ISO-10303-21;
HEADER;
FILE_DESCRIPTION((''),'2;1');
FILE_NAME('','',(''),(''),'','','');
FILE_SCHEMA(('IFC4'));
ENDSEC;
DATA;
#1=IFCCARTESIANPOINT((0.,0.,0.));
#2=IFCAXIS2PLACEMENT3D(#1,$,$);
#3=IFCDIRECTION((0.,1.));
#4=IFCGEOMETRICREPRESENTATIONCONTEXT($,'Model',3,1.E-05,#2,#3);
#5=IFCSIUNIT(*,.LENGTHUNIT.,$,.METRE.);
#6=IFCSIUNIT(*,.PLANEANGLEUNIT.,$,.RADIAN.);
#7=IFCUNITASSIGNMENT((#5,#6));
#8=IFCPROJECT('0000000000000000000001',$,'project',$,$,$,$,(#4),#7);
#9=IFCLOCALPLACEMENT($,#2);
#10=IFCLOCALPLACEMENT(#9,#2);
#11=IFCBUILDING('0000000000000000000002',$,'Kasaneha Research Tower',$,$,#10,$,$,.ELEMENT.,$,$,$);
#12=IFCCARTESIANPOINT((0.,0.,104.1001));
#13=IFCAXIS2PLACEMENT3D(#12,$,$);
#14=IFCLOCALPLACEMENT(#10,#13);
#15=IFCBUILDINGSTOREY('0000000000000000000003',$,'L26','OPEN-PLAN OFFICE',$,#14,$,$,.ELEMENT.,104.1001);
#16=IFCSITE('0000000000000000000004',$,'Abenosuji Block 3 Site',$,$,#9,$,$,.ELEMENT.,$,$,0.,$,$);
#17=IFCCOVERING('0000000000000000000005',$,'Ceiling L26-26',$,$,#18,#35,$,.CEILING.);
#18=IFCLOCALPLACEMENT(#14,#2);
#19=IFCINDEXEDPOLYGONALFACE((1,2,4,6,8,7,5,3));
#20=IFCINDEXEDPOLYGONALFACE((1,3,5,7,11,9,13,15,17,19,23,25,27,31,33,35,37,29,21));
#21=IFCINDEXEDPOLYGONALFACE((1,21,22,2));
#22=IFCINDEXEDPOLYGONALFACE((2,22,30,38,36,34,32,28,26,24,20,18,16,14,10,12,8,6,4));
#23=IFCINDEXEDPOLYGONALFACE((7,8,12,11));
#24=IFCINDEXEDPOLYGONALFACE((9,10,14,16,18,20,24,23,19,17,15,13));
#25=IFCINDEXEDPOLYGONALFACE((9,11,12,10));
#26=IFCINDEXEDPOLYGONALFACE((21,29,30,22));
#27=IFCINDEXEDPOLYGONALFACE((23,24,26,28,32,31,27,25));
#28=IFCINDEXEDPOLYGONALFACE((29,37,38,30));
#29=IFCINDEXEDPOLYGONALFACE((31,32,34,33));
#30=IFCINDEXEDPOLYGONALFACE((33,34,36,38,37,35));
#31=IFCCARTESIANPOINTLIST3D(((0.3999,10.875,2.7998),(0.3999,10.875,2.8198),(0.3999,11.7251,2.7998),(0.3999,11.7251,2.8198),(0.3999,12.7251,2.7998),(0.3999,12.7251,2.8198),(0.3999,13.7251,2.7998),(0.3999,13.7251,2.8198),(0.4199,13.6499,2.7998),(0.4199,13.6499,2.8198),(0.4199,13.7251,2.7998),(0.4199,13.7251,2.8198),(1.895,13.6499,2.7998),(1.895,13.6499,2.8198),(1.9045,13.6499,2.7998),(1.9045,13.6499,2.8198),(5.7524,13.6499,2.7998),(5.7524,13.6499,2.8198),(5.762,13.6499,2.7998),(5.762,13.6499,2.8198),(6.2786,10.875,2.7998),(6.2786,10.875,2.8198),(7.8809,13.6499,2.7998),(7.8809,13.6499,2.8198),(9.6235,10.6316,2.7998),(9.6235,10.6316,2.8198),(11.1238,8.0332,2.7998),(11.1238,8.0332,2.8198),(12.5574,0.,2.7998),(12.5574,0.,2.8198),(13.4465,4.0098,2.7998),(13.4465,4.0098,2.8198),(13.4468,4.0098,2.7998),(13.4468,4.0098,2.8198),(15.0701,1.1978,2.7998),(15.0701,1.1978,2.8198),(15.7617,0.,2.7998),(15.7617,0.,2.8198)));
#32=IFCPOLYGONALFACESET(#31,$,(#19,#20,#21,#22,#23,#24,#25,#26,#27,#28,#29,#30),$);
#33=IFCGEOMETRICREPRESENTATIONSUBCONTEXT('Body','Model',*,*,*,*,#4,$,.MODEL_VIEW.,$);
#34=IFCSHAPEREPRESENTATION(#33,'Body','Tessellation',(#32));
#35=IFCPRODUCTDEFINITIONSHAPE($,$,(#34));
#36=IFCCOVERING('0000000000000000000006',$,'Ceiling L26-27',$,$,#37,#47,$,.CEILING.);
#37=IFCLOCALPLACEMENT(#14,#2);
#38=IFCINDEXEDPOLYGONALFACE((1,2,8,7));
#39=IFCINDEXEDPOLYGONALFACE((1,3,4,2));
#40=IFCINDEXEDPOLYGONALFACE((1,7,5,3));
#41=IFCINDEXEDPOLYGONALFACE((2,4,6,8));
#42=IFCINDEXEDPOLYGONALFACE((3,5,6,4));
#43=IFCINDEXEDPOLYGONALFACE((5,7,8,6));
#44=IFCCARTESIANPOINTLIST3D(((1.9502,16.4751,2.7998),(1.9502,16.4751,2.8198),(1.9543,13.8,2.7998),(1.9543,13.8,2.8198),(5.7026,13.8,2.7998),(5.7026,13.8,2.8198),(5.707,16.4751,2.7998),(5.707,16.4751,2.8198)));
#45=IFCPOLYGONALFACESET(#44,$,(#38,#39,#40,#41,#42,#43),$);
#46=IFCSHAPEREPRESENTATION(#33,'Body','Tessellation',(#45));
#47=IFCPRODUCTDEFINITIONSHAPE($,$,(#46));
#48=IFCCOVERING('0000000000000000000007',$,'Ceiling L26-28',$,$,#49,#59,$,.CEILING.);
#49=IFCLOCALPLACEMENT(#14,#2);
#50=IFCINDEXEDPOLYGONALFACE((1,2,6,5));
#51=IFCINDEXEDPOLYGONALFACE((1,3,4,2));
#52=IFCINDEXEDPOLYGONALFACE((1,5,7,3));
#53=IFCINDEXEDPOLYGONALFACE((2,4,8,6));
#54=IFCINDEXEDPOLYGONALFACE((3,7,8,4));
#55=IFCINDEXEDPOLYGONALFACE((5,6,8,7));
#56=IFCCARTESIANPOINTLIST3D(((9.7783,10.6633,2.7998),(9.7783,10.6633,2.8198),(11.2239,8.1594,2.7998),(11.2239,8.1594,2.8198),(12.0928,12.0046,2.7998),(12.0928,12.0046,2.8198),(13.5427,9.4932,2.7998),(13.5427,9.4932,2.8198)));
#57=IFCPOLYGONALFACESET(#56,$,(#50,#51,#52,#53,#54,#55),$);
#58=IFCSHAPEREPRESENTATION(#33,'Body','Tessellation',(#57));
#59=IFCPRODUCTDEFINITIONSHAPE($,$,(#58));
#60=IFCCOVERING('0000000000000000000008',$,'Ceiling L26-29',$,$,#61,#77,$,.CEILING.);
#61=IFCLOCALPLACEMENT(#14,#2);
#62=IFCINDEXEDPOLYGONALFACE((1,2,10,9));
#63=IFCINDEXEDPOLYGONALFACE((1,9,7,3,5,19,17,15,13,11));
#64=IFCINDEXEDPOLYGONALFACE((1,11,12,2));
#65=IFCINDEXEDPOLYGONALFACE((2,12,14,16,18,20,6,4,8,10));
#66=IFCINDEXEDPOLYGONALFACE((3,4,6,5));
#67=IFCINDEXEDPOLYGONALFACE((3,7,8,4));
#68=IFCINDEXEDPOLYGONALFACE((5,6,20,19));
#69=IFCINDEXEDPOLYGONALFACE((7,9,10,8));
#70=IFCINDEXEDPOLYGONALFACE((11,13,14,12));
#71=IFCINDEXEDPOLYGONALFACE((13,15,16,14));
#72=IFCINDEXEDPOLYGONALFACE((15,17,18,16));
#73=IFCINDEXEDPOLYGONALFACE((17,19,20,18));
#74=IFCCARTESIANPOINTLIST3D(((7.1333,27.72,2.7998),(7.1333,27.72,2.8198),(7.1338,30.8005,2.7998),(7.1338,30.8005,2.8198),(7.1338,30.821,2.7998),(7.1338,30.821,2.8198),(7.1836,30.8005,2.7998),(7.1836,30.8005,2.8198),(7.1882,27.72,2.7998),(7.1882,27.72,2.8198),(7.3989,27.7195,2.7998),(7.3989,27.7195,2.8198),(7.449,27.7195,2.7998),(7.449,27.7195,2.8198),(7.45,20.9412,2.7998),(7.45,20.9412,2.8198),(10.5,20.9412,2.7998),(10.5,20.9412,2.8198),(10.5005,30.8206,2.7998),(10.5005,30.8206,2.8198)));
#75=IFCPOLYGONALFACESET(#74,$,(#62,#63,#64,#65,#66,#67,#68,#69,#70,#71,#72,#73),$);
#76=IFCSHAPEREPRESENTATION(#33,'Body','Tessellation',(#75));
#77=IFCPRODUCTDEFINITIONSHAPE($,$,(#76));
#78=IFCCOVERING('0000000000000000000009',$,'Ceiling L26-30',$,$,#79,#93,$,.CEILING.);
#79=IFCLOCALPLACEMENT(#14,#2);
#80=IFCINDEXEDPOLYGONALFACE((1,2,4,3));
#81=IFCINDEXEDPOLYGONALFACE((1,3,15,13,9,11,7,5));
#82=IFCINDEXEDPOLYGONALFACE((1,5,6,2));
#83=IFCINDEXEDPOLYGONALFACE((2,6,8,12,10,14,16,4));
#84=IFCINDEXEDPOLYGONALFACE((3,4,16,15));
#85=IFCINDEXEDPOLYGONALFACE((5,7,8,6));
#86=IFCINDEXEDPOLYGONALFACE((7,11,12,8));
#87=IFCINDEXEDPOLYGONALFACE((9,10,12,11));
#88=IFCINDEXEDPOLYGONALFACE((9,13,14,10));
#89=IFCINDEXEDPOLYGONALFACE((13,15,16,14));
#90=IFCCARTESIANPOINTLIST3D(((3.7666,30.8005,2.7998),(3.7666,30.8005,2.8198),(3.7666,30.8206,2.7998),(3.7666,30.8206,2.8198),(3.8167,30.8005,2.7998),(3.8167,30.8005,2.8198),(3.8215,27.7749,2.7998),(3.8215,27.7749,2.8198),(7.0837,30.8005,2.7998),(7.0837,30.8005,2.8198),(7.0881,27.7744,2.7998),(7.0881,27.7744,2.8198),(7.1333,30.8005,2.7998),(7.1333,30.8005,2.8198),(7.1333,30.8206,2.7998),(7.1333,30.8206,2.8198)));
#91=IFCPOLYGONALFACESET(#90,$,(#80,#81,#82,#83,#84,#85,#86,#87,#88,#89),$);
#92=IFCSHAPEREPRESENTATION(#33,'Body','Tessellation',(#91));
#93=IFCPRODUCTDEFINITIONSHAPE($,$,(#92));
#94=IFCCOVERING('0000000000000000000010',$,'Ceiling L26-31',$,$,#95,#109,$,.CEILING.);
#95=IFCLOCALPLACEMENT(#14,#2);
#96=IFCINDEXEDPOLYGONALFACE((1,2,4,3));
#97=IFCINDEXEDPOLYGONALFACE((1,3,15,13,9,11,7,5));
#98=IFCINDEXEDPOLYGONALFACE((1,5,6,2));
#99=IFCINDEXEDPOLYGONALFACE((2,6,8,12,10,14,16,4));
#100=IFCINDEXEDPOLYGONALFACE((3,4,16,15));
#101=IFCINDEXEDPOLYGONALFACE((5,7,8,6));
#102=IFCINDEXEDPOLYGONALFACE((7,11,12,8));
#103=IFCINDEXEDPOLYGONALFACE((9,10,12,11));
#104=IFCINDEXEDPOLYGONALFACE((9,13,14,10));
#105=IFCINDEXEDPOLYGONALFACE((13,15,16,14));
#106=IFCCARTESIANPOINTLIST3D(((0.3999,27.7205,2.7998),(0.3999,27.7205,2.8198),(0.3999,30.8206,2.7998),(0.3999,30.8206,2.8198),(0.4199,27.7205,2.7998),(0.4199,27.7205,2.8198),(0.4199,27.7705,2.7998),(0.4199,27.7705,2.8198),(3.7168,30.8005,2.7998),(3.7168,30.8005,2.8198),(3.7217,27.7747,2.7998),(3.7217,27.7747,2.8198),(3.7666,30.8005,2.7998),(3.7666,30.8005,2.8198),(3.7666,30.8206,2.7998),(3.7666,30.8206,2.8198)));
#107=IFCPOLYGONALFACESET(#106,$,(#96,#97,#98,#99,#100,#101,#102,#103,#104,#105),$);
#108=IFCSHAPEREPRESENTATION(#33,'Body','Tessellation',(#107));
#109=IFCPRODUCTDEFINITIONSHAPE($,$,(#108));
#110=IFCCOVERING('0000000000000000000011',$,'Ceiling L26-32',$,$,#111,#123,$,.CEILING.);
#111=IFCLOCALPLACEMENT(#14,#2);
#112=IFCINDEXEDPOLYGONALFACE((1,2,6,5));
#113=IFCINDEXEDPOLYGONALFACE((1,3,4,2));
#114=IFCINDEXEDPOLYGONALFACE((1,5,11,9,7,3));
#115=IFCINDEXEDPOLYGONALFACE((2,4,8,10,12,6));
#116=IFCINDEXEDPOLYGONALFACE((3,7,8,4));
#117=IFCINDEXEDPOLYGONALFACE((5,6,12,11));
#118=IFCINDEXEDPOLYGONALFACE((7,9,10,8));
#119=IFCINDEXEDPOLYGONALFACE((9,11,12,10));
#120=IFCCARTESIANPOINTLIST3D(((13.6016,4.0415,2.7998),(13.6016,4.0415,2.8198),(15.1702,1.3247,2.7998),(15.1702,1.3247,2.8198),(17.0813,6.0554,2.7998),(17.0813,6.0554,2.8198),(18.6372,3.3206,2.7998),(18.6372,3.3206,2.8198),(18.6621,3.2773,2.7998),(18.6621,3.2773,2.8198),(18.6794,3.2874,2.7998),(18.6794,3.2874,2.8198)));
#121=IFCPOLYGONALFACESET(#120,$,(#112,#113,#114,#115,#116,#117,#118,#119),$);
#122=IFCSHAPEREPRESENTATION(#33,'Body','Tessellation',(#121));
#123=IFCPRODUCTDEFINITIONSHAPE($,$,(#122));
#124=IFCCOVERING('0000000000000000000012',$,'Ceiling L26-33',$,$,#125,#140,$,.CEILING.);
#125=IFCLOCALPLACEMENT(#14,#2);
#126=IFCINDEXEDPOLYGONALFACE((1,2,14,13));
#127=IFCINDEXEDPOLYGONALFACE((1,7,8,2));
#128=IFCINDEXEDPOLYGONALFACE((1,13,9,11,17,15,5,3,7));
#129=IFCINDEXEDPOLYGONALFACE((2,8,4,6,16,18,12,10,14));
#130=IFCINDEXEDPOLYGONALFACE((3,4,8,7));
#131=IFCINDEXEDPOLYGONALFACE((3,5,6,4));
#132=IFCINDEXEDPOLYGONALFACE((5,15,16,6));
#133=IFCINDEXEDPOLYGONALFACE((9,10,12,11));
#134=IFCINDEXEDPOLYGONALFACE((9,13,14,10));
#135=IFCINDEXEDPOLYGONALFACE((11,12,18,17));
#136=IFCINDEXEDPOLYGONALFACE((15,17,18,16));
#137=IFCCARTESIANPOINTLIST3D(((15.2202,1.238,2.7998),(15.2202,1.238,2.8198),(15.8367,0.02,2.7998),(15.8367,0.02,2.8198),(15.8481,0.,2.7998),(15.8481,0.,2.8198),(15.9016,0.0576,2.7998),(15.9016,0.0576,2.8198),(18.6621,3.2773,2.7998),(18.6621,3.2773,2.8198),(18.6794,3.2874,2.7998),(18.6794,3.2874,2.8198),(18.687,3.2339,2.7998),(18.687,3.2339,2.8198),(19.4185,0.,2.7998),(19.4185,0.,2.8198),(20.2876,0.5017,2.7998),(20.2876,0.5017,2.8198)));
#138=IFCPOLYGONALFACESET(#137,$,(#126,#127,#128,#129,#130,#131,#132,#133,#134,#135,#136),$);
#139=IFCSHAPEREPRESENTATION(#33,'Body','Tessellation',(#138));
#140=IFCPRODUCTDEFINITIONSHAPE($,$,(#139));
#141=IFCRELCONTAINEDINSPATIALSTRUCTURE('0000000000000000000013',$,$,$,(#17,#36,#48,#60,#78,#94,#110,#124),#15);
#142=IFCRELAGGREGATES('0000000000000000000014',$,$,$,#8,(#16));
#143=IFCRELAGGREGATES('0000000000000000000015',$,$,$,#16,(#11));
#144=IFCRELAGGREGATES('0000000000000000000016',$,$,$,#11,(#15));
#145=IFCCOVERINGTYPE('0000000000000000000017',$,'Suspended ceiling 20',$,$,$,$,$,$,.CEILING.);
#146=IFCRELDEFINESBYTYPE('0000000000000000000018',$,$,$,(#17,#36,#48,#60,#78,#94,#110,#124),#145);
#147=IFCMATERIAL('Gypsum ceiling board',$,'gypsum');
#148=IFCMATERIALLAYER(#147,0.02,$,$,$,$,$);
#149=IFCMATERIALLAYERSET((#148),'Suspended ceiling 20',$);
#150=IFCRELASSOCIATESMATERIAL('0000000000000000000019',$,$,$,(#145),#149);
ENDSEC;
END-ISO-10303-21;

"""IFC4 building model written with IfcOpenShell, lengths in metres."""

from ifc_helpers import new_model, si_unit, direction, frame, origin, place, context, subcontext, project, spatial, polyline, outline, extrude, material, layer, layer_set, type_object, element, save


model = new_model("IFC4")

# Units and contexts
model_context = context("Model", 3, precision=1e-05, world=origin(), true_north=direction((0.0, 1.0)))
body_context = subcontext(model_context, "Body", "Model", "MODEL_VIEW")
ifc_project = project(units=[si_unit("LENGTHUNIT", "METRE"), si_unit("PLANEANGLEUNIT", "RADIAN")], contexts=[model_context])

# Site, building, storey
site_placement = place(None, origin())
site = spatial("IfcSite", under=ifc_project, at=site_placement, Name="Abenosuji Block 3 Site", CompositionType="ELEMENT", RefElevation=0.0)
building_placement = place(site_placement, origin())
building = spatial("IfcBuilding", under=site, at=building_placement, Name="Kasaneha Research Tower", CompositionType="ELEMENT")
storey_placement = place(building_placement, frame((0.0, 0.0, 104.1001)))
storey = spatial("IfcBuildingStorey", under=building, at=storey_placement, Name="L26", Description="OPEN-PLAN OFFICE", CompositionType="ELEMENT", Elevation=104.1001)

# Coverings
ifc_material_1 = material(Name="Gypsum ceiling board", Category="gypsum")
ifc_layer_1 = layer(ifc_material_1, 0.02)
ifc_layer_set_1 = layer_set([ifc_layer_1], Name="Suspended ceiling 20")
covering_type_1 = type_object("IfcCoveringType", Name="Suspended ceiling 20", PredefinedType="CEILING", material=ifc_layer_set_1)
covering_1_placement = place(storey_placement, frame((0.0, 0.0, 2.7998)))
element("IfcCovering", 1, at=covering_1_placement, inside=storey, type_object=covering_type_1, Name="Ceiling L26-26", PredefinedType="CEILING", context=body_context, shape_type="SweptSolid", body=[
    extrude(outline(polyline([(6.2786, 10.875), (0.3999, 10.875), (0.3999, 11.7251), (0.3999, 12.7251), (0.3999, 13.7251), (0.4199, 13.7251), (0.4199, 13.6499), (1.895, 13.6499), (1.9045, 13.6499), (5.7524, 13.6499), (5.762, 13.6499), (7.8809, 13.6499), (9.6235, 10.6316), (9.6235, 10.6316), (11.1238, 8.0332), (11.1238, 8.0332), (13.4465, 4.0098), (13.4468, 4.0098), (15.0701, 1.1978), (15.0701, 1.1978), (15.7617, 0.0), (15.7617, 0.0), (12.5574, 0.0), (6.2786, 10.875)])), origin(), (0.0, 0.0, 1.0), 0.02),
])
covering_2_placement = place(storey_placement, frame((0.0, 0.0, 2.7998)))
element("IfcCovering", 2, at=covering_2_placement, inside=storey, type_object=covering_type_1, Name="Ceiling L26-27", PredefinedType="CEILING", context=body_context, shape_type="SweptSolid", body=[
    extrude(outline(polyline([(1.9543, 13.8), (1.9502, 16.4751), (5.707, 16.4751), (5.7026, 13.8), (1.9543, 13.8)])), origin(), (0.0, 0.0, 1.0), 0.02),
])
covering_3_placement = place(storey_placement, frame((0.0, 0.0, 2.7998)))
element("IfcCovering", 3, at=covering_3_placement, inside=storey, type_object=covering_type_1, Name="Ceiling L26-28", PredefinedType="CEILING", context=body_context, shape_type="SweptSolid", body=[
    extrude(outline(polyline([(9.7783, 10.6633), (12.0928, 12.0046), (13.5427, 9.4932), (11.2239, 8.1594), (9.7783, 10.6633)])), origin(), (0.0, 0.0, 1.0), 0.02),
])
covering_4_placement = place(storey_placement, frame((0.0, 0.0, 2.7998)))
element("IfcCovering", 4, at=covering_4_placement, inside=storey, type_object=covering_type_1, Name="Ceiling L26-29", PredefinedType="CEILING", context=body_context, shape_type="SweptSolid", body=[
    extrude(outline(polyline([(7.3989, 27.7195), (7.1333, 27.72), (7.1333, 27.72), (7.1882, 27.72), (7.1836, 30.8005), (7.1338, 30.8005), (7.1338, 30.821), (10.5005, 30.8206), (10.5, 20.8911), (10.5, 20.9412), (7.45, 20.9412), (7.449, 27.7195), (7.3989, 27.7195), (7.3989, 27.7195)])), origin(), (0.0, 0.0, 1.0), 0.02),
])
covering_5_placement = place(storey_placement, frame((0.0, 0.0, 2.7998)))
element("IfcCovering", 5, at=covering_5_placement, inside=storey, type_object=covering_type_1, Name="Ceiling L26-30", PredefinedType="CEILING", context=body_context, shape_type="SweptSolid", body=[
    extrude(outline(polyline([(7.1333, 30.8206), (7.1333, 30.8005), (7.0837, 30.8005), (7.0881, 27.7744), (3.8215, 27.7749), (3.8167, 30.8005), (3.7666, 30.8005), (3.7666, 30.8206), (7.1333, 30.8206)])), origin(), (0.0, 0.0, 1.0), 0.02),
])
covering_6_placement = place(storey_placement, frame((0.0, 0.0, 2.7998)))
element("IfcCovering", 6, at=covering_6_placement, inside=storey, type_object=covering_type_1, Name="Ceiling L26-31", PredefinedType="CEILING", context=body_context, shape_type="SweptSolid", body=[
    extrude(outline(polyline([(3.7666, 30.8206), (3.7666, 30.8005), (3.7168, 30.8005), (3.7217, 27.7747), (0.4199, 27.7705), (0.4199, 27.7205), (0.3999, 27.7205), (0.3999, 30.8206), (3.7666, 30.8206)])), origin(), (0.0, 0.0, 1.0), 0.02),
])
covering_7_placement = place(storey_placement, frame((0.0, 0.0, 2.7998)))
element("IfcCovering", 7, at=covering_7_placement, inside=storey, type_object=covering_type_1, Name="Ceiling L26-32", PredefinedType="CEILING", context=body_context, shape_type="SweptSolid", body=[
    extrude(outline(polyline([(18.6621, 3.2773), (18.6372, 3.3206), (15.1702, 1.3247), (13.6016, 4.0415), (17.0813, 6.0554), (18.6794, 3.2874), (18.6621, 3.2773)])), origin(), (0.0, 0.0, 1.0), 0.02),
])
covering_8_placement = place(storey_placement, frame((0.0, 0.0, 2.7998)))
element("IfcCovering", 8, at=covering_8_placement, inside=storey, type_object=covering_type_1, Name="Ceiling L26-33", PredefinedType="CEILING", context=body_context, shape_type="SweptSolid", body=[
    extrude(outline(polyline([(20.2876, 0.5017), (19.4185, 0.0), (15.8481, 0.0), (15.8367, 0.02), (15.9016, 0.0576), (15.2202, 1.238), (18.687, 3.2339), (18.6621, 3.2773), (18.6794, 3.2874), (20.2876, 0.5017)])), origin(), (0.0, 0.0, 1.0), 0.02),
])

save(model, "model.ifc")
